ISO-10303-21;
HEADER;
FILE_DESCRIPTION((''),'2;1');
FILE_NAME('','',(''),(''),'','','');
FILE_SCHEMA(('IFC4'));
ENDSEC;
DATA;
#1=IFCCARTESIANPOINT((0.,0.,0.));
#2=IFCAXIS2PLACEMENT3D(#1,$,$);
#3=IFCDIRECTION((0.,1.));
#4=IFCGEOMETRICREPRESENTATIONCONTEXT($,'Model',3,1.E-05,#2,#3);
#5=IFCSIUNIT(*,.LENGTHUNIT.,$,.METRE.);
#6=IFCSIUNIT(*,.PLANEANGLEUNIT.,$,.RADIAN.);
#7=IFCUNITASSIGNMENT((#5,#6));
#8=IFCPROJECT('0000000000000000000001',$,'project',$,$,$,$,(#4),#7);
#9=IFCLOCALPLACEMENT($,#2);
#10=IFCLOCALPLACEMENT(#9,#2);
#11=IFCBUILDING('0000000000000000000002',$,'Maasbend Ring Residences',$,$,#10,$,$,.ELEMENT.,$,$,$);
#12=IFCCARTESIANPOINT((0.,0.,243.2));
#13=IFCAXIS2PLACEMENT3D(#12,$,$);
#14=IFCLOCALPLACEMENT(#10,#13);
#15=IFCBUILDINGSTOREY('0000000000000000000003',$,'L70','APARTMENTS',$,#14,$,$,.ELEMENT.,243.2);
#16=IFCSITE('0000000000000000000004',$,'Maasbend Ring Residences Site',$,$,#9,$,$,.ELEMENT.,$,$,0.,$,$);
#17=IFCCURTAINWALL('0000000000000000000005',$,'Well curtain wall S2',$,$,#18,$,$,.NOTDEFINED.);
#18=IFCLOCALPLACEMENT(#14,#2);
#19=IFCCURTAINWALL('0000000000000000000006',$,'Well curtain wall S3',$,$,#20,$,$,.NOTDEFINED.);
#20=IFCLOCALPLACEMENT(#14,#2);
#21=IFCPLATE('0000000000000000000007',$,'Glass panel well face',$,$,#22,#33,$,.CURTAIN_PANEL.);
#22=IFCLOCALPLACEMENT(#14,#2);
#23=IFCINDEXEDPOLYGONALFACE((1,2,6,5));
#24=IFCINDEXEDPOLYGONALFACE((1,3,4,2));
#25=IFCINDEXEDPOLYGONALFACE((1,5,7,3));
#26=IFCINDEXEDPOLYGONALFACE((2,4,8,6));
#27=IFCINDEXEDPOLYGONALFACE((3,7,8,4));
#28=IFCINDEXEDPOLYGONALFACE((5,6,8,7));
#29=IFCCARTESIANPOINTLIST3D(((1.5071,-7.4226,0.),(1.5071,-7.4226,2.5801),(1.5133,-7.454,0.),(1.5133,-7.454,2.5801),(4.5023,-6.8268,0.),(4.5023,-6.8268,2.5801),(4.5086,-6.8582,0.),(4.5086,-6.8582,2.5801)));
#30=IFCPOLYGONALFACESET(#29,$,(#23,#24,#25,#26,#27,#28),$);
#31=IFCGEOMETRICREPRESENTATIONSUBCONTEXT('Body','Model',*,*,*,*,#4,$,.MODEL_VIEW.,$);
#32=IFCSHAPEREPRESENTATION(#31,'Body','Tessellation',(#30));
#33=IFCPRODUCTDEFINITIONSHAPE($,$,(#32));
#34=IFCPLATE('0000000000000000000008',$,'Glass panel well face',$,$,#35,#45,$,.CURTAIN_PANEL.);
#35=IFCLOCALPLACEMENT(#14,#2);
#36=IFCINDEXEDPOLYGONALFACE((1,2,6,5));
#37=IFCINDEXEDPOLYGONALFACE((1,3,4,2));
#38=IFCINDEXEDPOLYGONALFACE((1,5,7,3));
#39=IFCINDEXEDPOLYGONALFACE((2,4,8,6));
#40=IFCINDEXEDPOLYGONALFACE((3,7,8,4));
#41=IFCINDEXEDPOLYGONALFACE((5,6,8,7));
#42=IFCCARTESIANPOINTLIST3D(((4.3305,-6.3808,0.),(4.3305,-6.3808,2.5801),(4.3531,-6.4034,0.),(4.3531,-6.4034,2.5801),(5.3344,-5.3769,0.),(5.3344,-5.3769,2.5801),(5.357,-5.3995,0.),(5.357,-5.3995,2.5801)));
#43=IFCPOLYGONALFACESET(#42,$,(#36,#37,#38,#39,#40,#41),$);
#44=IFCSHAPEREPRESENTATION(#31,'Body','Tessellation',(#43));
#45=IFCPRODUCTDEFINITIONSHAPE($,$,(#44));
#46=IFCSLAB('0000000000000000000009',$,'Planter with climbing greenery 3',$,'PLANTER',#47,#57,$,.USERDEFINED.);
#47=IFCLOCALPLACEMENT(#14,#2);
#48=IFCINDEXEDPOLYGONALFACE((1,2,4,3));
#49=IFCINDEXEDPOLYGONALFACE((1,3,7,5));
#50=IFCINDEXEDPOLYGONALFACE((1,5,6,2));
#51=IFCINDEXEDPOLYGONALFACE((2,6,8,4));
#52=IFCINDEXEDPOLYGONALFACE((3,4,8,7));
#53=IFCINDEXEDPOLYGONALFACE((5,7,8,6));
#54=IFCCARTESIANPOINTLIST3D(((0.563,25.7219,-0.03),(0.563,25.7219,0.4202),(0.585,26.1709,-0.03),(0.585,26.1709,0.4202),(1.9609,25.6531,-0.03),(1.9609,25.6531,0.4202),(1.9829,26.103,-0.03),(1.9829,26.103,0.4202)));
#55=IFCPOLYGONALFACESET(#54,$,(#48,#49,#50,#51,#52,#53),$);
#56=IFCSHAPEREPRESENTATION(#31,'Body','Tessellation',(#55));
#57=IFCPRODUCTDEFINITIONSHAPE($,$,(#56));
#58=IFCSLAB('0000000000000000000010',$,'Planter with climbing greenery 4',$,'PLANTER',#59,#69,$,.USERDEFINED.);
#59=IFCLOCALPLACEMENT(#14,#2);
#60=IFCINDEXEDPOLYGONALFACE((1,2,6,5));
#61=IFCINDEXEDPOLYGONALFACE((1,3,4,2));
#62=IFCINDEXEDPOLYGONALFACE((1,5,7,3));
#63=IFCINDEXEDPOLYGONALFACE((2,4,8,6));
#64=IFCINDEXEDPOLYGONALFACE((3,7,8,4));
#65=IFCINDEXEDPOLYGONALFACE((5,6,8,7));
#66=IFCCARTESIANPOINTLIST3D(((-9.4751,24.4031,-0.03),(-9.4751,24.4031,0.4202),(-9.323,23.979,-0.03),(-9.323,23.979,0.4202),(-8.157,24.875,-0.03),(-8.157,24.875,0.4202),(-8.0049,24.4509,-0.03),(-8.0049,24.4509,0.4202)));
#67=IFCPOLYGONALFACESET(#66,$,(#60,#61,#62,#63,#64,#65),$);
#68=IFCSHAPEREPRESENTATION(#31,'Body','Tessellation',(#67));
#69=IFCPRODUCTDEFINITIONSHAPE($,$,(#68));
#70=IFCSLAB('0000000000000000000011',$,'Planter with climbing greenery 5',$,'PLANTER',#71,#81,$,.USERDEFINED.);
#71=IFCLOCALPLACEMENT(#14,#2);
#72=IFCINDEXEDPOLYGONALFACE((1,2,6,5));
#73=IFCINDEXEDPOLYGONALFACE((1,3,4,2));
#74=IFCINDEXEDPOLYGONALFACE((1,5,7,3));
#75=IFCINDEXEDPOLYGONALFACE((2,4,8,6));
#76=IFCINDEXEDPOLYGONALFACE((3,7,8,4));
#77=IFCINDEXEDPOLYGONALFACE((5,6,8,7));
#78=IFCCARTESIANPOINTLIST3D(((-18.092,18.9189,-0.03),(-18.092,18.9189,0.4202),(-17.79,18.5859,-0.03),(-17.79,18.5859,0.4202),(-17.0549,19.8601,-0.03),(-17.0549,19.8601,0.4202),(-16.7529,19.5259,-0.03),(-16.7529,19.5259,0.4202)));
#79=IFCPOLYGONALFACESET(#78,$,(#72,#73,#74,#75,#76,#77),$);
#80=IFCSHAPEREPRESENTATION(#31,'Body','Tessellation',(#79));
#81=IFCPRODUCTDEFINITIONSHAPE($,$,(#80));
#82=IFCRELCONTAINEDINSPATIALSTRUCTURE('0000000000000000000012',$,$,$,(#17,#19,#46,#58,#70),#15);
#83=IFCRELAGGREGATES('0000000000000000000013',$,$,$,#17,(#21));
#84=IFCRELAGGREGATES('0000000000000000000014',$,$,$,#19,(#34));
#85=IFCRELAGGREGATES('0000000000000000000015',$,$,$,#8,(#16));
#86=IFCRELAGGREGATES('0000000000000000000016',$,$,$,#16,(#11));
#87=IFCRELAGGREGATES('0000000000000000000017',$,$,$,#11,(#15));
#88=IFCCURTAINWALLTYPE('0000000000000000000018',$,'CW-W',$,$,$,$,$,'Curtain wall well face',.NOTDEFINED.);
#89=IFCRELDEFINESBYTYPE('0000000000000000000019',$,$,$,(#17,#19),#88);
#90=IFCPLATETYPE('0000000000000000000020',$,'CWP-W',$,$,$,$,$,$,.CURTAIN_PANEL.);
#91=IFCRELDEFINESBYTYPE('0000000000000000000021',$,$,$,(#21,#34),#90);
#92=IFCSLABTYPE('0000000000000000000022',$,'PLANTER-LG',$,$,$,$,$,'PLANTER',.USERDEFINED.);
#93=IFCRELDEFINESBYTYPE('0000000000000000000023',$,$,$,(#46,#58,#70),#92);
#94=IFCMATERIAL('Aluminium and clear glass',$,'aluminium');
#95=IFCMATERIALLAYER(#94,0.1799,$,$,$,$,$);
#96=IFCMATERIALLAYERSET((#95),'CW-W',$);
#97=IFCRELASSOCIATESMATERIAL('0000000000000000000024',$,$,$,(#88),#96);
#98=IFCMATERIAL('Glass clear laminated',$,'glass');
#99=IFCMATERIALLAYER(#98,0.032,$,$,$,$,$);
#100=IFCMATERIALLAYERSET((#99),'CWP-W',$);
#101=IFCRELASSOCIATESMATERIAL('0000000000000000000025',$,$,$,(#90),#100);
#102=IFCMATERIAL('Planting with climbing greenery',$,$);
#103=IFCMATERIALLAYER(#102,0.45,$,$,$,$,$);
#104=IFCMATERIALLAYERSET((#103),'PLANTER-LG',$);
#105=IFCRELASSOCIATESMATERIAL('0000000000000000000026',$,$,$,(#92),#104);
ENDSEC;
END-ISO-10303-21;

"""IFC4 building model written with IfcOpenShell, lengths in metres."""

from ifc_helpers import new_model, si_unit, direction, frame, origin, origin_2d, place, context, subcontext, project, spatial, polyline, rectangle, outline, extrude, material, layer, layer_set, type_object, element, aggregate, save


model = new_model("IFC4")

# Units and contexts
model_context = context("Model", 3, precision=1e-05, world=origin(), true_north=direction((0.0, 1.0)))
body_context = subcontext(model_context, "Body", "Model", "MODEL_VIEW")
ifc_project = project(units=[si_unit("LENGTHUNIT", "METRE"), si_unit("PLANEANGLEUNIT", "RADIAN")], contexts=[model_context])

# Site, building, storey
site_placement = place(None, origin())
site = spatial("IfcSite", under=ifc_project, at=site_placement, Name="Maasbend Ring Residences Site", CompositionType="ELEMENT", RefElevation=0.0)
building_placement = place(site_placement, origin())
building = spatial("IfcBuilding", under=site, at=building_placement, Name="Maasbend Ring Residences", CompositionType="ELEMENT")
storey_placement = place(building_placement, frame((0.0, 0.0, 243.2)))
storey = spatial("IfcBuildingStorey", under=building, at=storey_placement, Name="L70", Description="APARTMENTS", CompositionType="ELEMENT", Elevation=243.2)

# Curtain walls
ifc_material_1 = material(Name="Aluminium and clear glass", Category="aluminium")
ifc_layer_1 = layer(ifc_material_1, 0.1799)
ifc_layer_set_1 = layer_set([ifc_layer_1], Name="CW-W")
curtain_wall_type = type_object("IfcCurtainWallType", Name="CW-W", ElementType="Curtain wall well face", PredefinedType="NOTDEFINED", material=ifc_layer_set_1)
curtain_wall_1_placement = place(storey_placement, origin())
curtain_wall_1 = element("IfcCurtainWall", 1, at=curtain_wall_1_placement, inside=storey, type_object=curtain_wall_type, Name="Well curtain wall S2", PredefinedType="NOTDEFINED")
curtain_wall_2_placement = place(storey_placement, origin())
curtain_wall_2 = element("IfcCurtainWall", 2, at=curtain_wall_2_placement, inside=storey, type_object=curtain_wall_type, Name="Well curtain wall S3", PredefinedType="NOTDEFINED")

# Plates
ifc_material_2 = material(Name="Glass clear laminated", Category="glass")
ifc_layer_2 = layer(ifc_material_2, 0.032)
ifc_layer_set_2 = layer_set([ifc_layer_2], Name="CWP-W")
plate_type = type_object("IfcPlateType", Name="CWP-W", PredefinedType="CURTAIN_PANEL", material=ifc_layer_set_2)
plate_1_placement = place(storey_placement, frame((3.0078, -7.1404, 0.0), z_axis=(0.0, 0.0, 1.0), x_axis=(0.980785, 0.19509, 0.0)))
plate_1 = element("IfcPlate", 3, at=plate_1_placement, type_object=plate_type, Name="Glass panel well face", PredefinedType="CURTAIN_PANEL", context=body_context, shape_type="SweptSolid", body=[
    extrude(rectangle(XDim=3.054, YDim=0.032, at=origin_2d()), origin(), (0.0, 0.0, 1.0), 2.5801),
])
aggregate(curtain_wall_1, [plate_1])
plate_2_placement = place(storey_placement, frame((4.8438, -5.8901, 0.0), z_axis=(0.0, 0.0, 1.0), x_axis=(0.707107, 0.707107, 0.0)))
plate_2 = element("IfcPlate", 4, at=plate_2_placement, type_object=plate_type, Name="Glass panel well face", PredefinedType="CURTAIN_PANEL", context=body_context, shape_type="SweptSolid", body=[
    extrude(rectangle(XDim=1.4197, YDim=0.032, at=origin_2d()), origin(), (0.0, 0.0, 1.0), 2.5801),
])
aggregate(curtain_wall_2, [plate_2])

# Slabs
ifc_material_3 = material(Name="Planting with climbing greenery")
ifc_layer_3 = layer(ifc_material_3, 0.45)
ifc_layer_set_3 = layer_set([ifc_layer_3], Name="PLANTER-LG")
slab_type_1 = type_object("IfcSlabType", Name="PLANTER-LG", ElementType="PLANTER", PredefinedType="USERDEFINED", material=ifc_layer_set_3)
slab_1_placement = place(storey_placement, frame((0.0, 0.0, -0.03)))
element("IfcSlab", 5, at=slab_1_placement, inside=storey, type_object=slab_type_1, Name="Planter with climbing greenery 3", ObjectType="PLANTER", PredefinedType="USERDEFINED", context=body_context, shape_type="SweptSolid", body=[
    extrude(outline(polyline([(1.9829, 26.103), (0.585, 26.1709), (0.563, 25.7219), (1.9609, 25.6531), (1.9829, 26.103)])), origin(), (0.0, 0.0, 1.0), 0.4502),
])
slab_2_placement = place(storey_placement, frame((0.0, 0.0, -0.03)))
element("IfcSlab", 6, at=slab_2_placement, inside=storey, type_object=slab_type_1, Name="Planter with climbing greenery 4", ObjectType="PLANTER", PredefinedType="USERDEFINED", context=body_context, shape_type="SweptSolid", body=[
    extrude(outline(polyline([(-8.157, 24.875), (-9.4751, 24.4031), (-9.323, 23.979), (-8.0049, 24.4509), (-8.157, 24.875)])), origin(), (0.0, 0.0, 1.0), 0.4502),
])
slab_3_placement = place(storey_placement, frame((0.0, 0.0, -0.03)))
element("IfcSlab", 7, at=slab_3_placement, inside=storey, type_object=slab_type_1, Name="Planter with climbing greenery 5", ObjectType="PLANTER", PredefinedType="USERDEFINED", context=body_context, shape_type="SweptSolid", body=[
    extrude(outline(polyline([(-17.0549, 19.8601), (-18.092, 18.9189), (-17.79, 18.5859), (-16.7529, 19.5259), (-17.0549, 19.8601)])), origin(), (0.0, 0.0, 1.0), 0.4502),
])

save(model, "model.ifc")
